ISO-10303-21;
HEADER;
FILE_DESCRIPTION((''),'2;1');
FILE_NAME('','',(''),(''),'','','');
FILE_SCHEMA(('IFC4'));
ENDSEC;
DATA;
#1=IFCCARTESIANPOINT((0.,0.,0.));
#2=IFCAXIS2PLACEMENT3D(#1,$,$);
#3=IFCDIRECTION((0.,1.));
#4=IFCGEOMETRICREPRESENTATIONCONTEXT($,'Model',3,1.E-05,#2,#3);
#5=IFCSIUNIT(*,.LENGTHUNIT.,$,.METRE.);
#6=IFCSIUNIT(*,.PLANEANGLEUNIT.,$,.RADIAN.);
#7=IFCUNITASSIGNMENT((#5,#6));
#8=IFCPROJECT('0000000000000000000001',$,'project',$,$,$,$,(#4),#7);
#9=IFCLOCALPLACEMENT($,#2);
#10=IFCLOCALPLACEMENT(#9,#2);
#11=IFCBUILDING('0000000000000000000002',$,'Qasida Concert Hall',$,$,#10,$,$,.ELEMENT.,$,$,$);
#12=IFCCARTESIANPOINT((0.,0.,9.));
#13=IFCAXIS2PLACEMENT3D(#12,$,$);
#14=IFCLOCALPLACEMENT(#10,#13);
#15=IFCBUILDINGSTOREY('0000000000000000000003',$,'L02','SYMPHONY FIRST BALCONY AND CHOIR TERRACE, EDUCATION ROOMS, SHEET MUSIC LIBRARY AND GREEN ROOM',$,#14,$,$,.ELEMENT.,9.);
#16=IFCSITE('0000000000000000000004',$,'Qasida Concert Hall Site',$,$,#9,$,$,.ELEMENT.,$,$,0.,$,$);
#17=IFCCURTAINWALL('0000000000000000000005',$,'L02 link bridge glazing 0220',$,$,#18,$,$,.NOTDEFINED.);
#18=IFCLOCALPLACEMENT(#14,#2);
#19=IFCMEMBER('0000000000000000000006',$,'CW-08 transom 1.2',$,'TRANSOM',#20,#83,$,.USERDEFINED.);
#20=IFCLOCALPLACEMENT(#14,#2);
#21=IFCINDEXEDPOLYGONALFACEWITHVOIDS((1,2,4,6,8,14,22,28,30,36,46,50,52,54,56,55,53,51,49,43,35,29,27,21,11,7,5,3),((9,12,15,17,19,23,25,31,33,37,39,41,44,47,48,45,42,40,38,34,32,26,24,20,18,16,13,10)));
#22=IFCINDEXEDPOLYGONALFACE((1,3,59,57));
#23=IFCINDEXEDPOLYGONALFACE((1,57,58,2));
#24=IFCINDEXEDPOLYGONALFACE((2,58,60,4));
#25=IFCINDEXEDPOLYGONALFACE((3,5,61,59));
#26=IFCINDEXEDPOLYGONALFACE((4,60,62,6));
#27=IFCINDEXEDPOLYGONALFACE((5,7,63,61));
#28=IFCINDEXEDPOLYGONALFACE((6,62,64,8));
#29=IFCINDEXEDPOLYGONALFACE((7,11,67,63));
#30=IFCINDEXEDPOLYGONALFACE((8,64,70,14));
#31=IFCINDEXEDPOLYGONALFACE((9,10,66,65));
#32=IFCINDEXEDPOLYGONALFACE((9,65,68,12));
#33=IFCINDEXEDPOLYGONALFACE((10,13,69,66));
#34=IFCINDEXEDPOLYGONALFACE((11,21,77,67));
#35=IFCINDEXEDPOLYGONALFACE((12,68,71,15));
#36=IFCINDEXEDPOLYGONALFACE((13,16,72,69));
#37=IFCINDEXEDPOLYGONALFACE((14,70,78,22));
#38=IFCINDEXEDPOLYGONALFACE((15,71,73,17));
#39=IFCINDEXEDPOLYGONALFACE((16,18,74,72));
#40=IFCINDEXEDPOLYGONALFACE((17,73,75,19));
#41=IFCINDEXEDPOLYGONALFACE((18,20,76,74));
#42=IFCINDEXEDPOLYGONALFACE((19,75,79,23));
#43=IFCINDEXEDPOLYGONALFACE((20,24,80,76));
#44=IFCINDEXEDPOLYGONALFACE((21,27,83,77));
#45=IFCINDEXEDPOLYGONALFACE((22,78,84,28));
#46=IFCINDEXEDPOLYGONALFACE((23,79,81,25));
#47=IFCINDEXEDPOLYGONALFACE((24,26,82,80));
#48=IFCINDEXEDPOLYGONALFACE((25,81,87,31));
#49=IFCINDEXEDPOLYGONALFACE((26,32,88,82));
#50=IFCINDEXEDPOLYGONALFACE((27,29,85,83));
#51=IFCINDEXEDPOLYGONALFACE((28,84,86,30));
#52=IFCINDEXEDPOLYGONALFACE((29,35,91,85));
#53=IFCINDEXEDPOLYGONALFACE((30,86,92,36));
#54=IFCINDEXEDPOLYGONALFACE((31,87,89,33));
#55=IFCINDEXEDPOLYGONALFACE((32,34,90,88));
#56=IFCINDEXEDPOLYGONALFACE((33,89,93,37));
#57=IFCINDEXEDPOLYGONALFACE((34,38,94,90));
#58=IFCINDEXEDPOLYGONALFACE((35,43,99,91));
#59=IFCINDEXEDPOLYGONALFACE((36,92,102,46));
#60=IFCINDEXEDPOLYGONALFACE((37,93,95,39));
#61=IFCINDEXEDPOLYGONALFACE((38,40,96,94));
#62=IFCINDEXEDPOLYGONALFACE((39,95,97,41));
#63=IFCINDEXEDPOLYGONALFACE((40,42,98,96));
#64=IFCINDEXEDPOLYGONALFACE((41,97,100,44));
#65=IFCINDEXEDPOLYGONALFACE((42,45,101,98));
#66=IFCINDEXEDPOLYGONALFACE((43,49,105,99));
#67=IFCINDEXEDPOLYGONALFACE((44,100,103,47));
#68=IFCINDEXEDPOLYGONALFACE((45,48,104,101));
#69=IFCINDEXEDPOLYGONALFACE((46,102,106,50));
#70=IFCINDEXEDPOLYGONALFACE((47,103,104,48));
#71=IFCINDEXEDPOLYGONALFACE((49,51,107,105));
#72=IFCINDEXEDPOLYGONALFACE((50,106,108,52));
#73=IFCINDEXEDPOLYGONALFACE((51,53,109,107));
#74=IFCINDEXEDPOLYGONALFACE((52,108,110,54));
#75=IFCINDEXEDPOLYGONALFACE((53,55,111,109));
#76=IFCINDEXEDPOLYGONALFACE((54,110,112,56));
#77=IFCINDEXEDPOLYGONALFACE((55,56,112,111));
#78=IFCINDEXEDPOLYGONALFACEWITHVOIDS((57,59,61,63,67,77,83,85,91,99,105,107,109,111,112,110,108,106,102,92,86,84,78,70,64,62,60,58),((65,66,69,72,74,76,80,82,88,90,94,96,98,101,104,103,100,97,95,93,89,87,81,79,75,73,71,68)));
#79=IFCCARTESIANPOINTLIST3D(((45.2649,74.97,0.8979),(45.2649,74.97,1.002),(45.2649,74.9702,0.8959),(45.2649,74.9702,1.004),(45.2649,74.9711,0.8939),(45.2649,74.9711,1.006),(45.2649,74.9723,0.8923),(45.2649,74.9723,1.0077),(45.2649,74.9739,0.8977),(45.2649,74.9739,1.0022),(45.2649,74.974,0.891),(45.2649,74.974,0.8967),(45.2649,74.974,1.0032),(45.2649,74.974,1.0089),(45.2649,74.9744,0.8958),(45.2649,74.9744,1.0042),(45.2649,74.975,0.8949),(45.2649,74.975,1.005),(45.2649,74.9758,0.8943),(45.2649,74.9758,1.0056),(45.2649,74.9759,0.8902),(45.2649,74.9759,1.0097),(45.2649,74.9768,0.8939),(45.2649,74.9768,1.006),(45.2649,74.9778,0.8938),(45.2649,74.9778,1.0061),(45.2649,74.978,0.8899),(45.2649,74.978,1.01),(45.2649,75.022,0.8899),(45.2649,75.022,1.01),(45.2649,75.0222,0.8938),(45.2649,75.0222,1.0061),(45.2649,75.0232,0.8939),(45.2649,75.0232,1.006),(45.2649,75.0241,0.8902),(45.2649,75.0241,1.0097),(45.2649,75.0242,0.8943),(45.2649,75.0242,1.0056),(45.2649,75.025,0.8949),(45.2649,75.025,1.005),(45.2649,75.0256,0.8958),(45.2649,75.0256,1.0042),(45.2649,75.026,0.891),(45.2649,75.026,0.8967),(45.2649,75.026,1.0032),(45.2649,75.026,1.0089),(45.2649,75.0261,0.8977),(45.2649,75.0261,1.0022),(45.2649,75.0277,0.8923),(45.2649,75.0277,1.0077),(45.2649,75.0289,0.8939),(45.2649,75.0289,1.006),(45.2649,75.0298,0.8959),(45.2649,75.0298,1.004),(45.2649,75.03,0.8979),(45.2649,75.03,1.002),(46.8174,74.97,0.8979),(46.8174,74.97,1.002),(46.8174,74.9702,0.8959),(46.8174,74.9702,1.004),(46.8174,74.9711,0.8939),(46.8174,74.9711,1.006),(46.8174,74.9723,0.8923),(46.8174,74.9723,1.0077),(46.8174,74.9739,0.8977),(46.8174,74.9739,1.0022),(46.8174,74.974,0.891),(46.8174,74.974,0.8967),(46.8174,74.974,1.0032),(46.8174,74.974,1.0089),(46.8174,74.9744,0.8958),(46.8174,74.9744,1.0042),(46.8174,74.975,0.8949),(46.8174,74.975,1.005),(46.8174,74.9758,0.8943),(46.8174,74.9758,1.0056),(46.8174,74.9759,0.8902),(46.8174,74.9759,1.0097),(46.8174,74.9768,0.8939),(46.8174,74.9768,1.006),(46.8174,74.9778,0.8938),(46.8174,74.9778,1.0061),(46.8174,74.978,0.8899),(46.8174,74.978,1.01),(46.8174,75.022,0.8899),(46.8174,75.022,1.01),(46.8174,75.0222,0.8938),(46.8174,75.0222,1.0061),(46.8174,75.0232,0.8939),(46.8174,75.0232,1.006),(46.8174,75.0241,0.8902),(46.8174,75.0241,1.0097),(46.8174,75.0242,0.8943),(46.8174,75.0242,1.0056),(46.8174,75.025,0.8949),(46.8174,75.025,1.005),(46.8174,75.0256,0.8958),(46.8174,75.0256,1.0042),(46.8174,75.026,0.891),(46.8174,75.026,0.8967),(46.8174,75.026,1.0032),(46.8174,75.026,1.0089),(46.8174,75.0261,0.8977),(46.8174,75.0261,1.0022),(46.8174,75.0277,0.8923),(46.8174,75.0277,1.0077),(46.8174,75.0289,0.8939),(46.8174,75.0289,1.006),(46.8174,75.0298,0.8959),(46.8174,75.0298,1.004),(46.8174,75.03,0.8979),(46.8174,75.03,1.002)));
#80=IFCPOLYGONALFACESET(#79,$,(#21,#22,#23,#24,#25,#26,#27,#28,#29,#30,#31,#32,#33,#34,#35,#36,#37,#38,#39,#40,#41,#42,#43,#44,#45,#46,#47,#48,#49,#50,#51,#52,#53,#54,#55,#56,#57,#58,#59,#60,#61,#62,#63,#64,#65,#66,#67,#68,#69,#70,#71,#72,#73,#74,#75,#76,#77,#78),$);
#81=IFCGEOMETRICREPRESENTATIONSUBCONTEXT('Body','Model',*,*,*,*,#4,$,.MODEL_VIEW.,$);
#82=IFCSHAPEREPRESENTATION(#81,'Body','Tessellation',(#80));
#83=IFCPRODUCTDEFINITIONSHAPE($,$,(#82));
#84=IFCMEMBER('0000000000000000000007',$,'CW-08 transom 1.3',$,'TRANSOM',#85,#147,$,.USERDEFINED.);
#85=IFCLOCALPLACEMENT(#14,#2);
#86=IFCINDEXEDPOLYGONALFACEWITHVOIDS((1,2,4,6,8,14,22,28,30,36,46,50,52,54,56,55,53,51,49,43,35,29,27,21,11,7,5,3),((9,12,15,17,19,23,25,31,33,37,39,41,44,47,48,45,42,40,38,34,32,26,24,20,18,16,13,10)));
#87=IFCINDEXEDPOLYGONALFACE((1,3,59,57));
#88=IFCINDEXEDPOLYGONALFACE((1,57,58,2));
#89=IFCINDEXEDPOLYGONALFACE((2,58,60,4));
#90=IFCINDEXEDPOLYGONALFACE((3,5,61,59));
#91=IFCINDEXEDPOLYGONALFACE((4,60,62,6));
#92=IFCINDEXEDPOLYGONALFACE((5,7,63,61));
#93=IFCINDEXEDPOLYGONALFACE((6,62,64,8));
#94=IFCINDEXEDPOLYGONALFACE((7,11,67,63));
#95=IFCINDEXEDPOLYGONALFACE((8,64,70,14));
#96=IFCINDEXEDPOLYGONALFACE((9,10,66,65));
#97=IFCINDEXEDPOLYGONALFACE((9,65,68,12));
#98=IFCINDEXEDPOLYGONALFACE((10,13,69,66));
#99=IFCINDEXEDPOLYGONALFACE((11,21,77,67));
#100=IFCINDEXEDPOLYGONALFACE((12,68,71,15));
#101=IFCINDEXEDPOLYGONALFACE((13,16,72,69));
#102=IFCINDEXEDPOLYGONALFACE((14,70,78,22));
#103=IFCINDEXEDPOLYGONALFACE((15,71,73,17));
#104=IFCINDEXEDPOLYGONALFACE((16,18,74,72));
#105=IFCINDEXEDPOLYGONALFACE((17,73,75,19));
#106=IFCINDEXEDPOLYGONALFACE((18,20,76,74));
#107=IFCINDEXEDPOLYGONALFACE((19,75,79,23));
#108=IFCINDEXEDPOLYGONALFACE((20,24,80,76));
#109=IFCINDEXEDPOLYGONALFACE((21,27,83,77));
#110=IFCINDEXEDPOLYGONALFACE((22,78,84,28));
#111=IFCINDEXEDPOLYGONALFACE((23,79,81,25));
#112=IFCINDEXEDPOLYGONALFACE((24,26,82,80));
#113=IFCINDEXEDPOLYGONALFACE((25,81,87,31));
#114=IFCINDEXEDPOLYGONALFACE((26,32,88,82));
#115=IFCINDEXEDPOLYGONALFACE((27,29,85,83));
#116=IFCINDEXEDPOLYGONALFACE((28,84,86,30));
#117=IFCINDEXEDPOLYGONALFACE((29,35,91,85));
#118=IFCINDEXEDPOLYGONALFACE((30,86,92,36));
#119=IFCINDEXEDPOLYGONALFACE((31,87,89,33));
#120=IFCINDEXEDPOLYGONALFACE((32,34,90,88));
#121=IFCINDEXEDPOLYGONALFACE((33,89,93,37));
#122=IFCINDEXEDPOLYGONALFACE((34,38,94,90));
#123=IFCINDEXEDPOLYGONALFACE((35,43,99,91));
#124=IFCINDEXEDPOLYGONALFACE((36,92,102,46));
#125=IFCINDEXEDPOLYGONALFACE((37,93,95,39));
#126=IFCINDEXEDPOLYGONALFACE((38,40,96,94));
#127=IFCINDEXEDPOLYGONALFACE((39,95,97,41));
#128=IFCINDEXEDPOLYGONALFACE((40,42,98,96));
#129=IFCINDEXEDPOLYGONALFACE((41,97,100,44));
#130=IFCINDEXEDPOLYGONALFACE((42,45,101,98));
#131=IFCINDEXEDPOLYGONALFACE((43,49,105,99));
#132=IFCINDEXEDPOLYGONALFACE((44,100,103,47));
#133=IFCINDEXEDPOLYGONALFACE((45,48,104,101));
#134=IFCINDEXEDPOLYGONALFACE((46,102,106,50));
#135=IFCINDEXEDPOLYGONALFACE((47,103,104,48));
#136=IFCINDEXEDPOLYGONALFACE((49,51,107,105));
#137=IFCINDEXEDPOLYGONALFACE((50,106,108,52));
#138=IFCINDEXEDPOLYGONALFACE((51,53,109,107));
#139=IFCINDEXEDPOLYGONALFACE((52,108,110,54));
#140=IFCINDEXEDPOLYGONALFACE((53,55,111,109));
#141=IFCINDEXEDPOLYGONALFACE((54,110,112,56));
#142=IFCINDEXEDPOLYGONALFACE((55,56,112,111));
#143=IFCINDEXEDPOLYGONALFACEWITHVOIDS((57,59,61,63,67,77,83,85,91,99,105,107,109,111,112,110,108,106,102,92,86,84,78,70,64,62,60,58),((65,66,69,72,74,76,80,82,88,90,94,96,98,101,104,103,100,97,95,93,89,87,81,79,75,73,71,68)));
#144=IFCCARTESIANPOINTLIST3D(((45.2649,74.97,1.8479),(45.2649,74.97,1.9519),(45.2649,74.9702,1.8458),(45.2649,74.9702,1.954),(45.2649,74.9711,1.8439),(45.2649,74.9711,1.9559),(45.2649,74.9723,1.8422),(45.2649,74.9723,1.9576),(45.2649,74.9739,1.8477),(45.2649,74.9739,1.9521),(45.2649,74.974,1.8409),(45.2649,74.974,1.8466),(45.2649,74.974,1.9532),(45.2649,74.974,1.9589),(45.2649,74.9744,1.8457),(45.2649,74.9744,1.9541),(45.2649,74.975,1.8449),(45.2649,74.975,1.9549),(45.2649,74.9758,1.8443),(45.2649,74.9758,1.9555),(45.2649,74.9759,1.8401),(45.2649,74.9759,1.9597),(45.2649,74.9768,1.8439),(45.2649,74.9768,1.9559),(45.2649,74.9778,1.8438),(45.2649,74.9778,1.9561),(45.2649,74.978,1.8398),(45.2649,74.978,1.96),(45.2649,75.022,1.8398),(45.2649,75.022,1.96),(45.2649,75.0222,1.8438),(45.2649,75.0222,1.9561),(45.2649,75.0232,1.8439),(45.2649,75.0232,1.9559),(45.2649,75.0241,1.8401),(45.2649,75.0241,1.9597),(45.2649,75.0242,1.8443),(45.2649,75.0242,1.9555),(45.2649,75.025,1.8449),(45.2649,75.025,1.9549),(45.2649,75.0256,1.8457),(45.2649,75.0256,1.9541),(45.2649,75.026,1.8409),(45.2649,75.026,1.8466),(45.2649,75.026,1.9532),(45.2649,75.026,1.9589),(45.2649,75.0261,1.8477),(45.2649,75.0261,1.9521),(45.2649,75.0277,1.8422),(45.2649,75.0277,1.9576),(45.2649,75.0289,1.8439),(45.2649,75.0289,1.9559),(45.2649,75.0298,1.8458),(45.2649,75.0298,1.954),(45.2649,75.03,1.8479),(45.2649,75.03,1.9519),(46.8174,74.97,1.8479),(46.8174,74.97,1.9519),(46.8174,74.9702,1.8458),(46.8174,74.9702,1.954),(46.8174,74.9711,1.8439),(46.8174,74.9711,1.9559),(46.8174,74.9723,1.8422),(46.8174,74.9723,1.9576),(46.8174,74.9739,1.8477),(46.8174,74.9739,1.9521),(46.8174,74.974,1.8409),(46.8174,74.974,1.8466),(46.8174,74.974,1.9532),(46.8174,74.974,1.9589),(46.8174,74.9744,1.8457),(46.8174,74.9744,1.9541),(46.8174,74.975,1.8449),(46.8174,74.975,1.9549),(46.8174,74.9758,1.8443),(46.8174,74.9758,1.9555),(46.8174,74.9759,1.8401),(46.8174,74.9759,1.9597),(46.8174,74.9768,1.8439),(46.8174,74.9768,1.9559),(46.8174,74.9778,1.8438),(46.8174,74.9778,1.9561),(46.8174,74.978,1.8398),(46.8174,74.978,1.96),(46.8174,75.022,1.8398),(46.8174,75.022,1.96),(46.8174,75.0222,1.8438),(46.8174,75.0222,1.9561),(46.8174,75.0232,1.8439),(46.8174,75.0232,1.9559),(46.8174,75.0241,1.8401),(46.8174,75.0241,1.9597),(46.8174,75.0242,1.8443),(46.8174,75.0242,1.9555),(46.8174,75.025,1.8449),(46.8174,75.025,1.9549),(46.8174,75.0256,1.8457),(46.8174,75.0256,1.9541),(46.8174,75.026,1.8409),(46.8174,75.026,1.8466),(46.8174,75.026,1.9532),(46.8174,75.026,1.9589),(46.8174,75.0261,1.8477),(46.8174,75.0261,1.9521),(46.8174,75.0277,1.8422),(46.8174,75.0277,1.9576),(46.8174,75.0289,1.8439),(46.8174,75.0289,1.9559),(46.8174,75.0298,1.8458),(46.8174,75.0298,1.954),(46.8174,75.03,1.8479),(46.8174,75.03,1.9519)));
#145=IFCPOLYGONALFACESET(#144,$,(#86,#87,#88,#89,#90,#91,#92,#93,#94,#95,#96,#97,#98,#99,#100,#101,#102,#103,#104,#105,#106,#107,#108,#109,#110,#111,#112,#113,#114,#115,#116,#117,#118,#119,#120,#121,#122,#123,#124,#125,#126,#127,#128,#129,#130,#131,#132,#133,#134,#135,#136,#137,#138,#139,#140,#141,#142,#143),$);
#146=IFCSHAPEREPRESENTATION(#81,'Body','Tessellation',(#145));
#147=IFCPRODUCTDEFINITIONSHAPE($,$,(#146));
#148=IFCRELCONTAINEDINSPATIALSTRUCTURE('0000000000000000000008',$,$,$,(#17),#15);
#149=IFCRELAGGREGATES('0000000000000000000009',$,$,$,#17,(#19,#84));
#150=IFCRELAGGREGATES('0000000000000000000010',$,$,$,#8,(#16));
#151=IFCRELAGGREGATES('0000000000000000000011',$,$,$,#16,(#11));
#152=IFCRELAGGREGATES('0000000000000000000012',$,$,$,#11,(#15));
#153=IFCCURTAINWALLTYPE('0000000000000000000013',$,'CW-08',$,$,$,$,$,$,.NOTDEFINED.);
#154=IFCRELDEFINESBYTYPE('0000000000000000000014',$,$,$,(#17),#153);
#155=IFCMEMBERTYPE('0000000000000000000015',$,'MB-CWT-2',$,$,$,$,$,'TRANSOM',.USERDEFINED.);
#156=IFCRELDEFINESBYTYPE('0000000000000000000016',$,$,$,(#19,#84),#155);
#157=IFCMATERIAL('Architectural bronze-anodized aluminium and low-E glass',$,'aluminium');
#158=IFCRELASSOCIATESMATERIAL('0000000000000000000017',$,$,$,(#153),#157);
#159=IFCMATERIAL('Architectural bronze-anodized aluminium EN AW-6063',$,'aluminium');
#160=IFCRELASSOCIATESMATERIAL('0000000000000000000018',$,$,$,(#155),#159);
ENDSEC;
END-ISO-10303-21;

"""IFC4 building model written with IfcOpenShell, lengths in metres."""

from ifc_helpers import new_model, si_unit, direction, frame, origin, origin_2d, place, context, subcontext, project, spatial, hollow_rectangle, extrude, material, material_profile, profile_set, type_object, element, aggregate, save


model = new_model("IFC4")

# Units and contexts
model_context = context("Model", 3, precision=1e-05, world=origin(), true_north=direction((0.0, 1.0)))
body_context = subcontext(model_context, "Body", "Model", "MODEL_VIEW")
ifc_project = project(units=[si_unit("LENGTHUNIT", "METRE"), si_unit("PLANEANGLEUNIT", "RADIAN")], contexts=[model_context])

# Site, building, storey
site_placement = place(None, origin())
site = spatial("IfcSite", under=ifc_project, at=site_placement, Name="Qasida Concert Hall Site", CompositionType="ELEMENT", RefElevation=0.0)
building_placement = place(site_placement, origin())
building = spatial("IfcBuilding", under=site, at=building_placement, Name="Qasida Concert Hall", CompositionType="ELEMENT")
storey_placement = place(building_placement, frame((0.0, 0.0, 9.0)))
storey = spatial("IfcBuildingStorey", under=building, at=storey_placement, Name="L02", Description="SYMPHONY FIRST BALCONY AND CHOIR TERRACE, EDUCATION ROOMS, SHEET MUSIC LIBRARY AND GREEN ROOM", CompositionType="ELEMENT", Elevation=9.0)

# Shared definitions
ifc_material_1 = material(Name="Architectural bronze-anodized aluminium and low-E glass", Category="aluminium")
curtain_wall_type = type_object("IfcCurtainWallType", Name="CW-08", PredefinedType="NOTDEFINED", material=ifc_material_1)
ifc_material_2 = material(Name="Architectural bronze-anodized aluminium EN AW-6063", Category="aluminium")

# Curtain wall
curtain_wall_1_placement = place(storey_placement, origin())
curtain_wall_1 = element("IfcCurtainWall", 1, at=curtain_wall_1_placement, inside=storey, type_object=curtain_wall_type, Name="L02 link bridge glazing 0220", PredefinedType="NOTDEFINED")

# Members
ifc_material_profile_1 = material_profile(ifc_material_2, hollow_rectangle(XDim=0.0601, YDim=0.1201, WallThickness=0.0039, InnerFilletRadius=0.0039, OuterFilletRadius=0.0081, at=origin_2d()), Name="CWT 120x60x4")
ifc_profile_set_1 = profile_set([ifc_material_profile_1], Name="Architectural bronze-anodized aluminium EN AW-6063")
member_type_1 = type_object("IfcMemberType", Name="MB-CWT-2", ElementType="TRANSOM", PredefinedType="USERDEFINED", material=ifc_profile_set_1)
member_1_placement = place(storey_placement, frame((45.2649, 75.0, 0.95), z_axis=(1.0, 0.0, 0.0), x_axis=(0.0, 1.0, 0.0)))
member_1 = element("IfcMember", 2, at=member_1_placement, type_object=member_type_1, Name="CW-08 transom 1.2", ObjectType="TRANSOM", PredefinedType="USERDEFINED", context=body_context, shape_type="SweptSolid", body=[
    extrude(hollow_rectangle(XDim=0.0601, YDim=0.1201, WallThickness=0.0039, InnerFilletRadius=0.0039, OuterFilletRadius=0.0081, at=origin_2d()), origin(), (0.0, 0.0, 1.0), 1.5525),
])
member_2_placement = place(storey_placement, frame((45.2649, 75.0, 1.8999), z_axis=(1.0, 0.0, 0.0), x_axis=(0.0, 1.0, 0.0)))
member_2 = element("IfcMember", 3, at=member_2_placement, type_object=member_type_1, Name="CW-08 transom 1.3", ObjectType="TRANSOM", PredefinedType="USERDEFINED", context=body_context, shape_type="SweptSolid", body=[
    extrude(hollow_rectangle(XDim=0.0601, YDim=0.1201, WallThickness=0.0039, InnerFilletRadius=0.0039, OuterFilletRadius=0.0081, at=origin_2d()), origin(), (0.0, 0.0, 1.0), 1.5525),
])

aggregate(curtain_wall_1, [member_1, member_2])

save(model, "model.ifc")
